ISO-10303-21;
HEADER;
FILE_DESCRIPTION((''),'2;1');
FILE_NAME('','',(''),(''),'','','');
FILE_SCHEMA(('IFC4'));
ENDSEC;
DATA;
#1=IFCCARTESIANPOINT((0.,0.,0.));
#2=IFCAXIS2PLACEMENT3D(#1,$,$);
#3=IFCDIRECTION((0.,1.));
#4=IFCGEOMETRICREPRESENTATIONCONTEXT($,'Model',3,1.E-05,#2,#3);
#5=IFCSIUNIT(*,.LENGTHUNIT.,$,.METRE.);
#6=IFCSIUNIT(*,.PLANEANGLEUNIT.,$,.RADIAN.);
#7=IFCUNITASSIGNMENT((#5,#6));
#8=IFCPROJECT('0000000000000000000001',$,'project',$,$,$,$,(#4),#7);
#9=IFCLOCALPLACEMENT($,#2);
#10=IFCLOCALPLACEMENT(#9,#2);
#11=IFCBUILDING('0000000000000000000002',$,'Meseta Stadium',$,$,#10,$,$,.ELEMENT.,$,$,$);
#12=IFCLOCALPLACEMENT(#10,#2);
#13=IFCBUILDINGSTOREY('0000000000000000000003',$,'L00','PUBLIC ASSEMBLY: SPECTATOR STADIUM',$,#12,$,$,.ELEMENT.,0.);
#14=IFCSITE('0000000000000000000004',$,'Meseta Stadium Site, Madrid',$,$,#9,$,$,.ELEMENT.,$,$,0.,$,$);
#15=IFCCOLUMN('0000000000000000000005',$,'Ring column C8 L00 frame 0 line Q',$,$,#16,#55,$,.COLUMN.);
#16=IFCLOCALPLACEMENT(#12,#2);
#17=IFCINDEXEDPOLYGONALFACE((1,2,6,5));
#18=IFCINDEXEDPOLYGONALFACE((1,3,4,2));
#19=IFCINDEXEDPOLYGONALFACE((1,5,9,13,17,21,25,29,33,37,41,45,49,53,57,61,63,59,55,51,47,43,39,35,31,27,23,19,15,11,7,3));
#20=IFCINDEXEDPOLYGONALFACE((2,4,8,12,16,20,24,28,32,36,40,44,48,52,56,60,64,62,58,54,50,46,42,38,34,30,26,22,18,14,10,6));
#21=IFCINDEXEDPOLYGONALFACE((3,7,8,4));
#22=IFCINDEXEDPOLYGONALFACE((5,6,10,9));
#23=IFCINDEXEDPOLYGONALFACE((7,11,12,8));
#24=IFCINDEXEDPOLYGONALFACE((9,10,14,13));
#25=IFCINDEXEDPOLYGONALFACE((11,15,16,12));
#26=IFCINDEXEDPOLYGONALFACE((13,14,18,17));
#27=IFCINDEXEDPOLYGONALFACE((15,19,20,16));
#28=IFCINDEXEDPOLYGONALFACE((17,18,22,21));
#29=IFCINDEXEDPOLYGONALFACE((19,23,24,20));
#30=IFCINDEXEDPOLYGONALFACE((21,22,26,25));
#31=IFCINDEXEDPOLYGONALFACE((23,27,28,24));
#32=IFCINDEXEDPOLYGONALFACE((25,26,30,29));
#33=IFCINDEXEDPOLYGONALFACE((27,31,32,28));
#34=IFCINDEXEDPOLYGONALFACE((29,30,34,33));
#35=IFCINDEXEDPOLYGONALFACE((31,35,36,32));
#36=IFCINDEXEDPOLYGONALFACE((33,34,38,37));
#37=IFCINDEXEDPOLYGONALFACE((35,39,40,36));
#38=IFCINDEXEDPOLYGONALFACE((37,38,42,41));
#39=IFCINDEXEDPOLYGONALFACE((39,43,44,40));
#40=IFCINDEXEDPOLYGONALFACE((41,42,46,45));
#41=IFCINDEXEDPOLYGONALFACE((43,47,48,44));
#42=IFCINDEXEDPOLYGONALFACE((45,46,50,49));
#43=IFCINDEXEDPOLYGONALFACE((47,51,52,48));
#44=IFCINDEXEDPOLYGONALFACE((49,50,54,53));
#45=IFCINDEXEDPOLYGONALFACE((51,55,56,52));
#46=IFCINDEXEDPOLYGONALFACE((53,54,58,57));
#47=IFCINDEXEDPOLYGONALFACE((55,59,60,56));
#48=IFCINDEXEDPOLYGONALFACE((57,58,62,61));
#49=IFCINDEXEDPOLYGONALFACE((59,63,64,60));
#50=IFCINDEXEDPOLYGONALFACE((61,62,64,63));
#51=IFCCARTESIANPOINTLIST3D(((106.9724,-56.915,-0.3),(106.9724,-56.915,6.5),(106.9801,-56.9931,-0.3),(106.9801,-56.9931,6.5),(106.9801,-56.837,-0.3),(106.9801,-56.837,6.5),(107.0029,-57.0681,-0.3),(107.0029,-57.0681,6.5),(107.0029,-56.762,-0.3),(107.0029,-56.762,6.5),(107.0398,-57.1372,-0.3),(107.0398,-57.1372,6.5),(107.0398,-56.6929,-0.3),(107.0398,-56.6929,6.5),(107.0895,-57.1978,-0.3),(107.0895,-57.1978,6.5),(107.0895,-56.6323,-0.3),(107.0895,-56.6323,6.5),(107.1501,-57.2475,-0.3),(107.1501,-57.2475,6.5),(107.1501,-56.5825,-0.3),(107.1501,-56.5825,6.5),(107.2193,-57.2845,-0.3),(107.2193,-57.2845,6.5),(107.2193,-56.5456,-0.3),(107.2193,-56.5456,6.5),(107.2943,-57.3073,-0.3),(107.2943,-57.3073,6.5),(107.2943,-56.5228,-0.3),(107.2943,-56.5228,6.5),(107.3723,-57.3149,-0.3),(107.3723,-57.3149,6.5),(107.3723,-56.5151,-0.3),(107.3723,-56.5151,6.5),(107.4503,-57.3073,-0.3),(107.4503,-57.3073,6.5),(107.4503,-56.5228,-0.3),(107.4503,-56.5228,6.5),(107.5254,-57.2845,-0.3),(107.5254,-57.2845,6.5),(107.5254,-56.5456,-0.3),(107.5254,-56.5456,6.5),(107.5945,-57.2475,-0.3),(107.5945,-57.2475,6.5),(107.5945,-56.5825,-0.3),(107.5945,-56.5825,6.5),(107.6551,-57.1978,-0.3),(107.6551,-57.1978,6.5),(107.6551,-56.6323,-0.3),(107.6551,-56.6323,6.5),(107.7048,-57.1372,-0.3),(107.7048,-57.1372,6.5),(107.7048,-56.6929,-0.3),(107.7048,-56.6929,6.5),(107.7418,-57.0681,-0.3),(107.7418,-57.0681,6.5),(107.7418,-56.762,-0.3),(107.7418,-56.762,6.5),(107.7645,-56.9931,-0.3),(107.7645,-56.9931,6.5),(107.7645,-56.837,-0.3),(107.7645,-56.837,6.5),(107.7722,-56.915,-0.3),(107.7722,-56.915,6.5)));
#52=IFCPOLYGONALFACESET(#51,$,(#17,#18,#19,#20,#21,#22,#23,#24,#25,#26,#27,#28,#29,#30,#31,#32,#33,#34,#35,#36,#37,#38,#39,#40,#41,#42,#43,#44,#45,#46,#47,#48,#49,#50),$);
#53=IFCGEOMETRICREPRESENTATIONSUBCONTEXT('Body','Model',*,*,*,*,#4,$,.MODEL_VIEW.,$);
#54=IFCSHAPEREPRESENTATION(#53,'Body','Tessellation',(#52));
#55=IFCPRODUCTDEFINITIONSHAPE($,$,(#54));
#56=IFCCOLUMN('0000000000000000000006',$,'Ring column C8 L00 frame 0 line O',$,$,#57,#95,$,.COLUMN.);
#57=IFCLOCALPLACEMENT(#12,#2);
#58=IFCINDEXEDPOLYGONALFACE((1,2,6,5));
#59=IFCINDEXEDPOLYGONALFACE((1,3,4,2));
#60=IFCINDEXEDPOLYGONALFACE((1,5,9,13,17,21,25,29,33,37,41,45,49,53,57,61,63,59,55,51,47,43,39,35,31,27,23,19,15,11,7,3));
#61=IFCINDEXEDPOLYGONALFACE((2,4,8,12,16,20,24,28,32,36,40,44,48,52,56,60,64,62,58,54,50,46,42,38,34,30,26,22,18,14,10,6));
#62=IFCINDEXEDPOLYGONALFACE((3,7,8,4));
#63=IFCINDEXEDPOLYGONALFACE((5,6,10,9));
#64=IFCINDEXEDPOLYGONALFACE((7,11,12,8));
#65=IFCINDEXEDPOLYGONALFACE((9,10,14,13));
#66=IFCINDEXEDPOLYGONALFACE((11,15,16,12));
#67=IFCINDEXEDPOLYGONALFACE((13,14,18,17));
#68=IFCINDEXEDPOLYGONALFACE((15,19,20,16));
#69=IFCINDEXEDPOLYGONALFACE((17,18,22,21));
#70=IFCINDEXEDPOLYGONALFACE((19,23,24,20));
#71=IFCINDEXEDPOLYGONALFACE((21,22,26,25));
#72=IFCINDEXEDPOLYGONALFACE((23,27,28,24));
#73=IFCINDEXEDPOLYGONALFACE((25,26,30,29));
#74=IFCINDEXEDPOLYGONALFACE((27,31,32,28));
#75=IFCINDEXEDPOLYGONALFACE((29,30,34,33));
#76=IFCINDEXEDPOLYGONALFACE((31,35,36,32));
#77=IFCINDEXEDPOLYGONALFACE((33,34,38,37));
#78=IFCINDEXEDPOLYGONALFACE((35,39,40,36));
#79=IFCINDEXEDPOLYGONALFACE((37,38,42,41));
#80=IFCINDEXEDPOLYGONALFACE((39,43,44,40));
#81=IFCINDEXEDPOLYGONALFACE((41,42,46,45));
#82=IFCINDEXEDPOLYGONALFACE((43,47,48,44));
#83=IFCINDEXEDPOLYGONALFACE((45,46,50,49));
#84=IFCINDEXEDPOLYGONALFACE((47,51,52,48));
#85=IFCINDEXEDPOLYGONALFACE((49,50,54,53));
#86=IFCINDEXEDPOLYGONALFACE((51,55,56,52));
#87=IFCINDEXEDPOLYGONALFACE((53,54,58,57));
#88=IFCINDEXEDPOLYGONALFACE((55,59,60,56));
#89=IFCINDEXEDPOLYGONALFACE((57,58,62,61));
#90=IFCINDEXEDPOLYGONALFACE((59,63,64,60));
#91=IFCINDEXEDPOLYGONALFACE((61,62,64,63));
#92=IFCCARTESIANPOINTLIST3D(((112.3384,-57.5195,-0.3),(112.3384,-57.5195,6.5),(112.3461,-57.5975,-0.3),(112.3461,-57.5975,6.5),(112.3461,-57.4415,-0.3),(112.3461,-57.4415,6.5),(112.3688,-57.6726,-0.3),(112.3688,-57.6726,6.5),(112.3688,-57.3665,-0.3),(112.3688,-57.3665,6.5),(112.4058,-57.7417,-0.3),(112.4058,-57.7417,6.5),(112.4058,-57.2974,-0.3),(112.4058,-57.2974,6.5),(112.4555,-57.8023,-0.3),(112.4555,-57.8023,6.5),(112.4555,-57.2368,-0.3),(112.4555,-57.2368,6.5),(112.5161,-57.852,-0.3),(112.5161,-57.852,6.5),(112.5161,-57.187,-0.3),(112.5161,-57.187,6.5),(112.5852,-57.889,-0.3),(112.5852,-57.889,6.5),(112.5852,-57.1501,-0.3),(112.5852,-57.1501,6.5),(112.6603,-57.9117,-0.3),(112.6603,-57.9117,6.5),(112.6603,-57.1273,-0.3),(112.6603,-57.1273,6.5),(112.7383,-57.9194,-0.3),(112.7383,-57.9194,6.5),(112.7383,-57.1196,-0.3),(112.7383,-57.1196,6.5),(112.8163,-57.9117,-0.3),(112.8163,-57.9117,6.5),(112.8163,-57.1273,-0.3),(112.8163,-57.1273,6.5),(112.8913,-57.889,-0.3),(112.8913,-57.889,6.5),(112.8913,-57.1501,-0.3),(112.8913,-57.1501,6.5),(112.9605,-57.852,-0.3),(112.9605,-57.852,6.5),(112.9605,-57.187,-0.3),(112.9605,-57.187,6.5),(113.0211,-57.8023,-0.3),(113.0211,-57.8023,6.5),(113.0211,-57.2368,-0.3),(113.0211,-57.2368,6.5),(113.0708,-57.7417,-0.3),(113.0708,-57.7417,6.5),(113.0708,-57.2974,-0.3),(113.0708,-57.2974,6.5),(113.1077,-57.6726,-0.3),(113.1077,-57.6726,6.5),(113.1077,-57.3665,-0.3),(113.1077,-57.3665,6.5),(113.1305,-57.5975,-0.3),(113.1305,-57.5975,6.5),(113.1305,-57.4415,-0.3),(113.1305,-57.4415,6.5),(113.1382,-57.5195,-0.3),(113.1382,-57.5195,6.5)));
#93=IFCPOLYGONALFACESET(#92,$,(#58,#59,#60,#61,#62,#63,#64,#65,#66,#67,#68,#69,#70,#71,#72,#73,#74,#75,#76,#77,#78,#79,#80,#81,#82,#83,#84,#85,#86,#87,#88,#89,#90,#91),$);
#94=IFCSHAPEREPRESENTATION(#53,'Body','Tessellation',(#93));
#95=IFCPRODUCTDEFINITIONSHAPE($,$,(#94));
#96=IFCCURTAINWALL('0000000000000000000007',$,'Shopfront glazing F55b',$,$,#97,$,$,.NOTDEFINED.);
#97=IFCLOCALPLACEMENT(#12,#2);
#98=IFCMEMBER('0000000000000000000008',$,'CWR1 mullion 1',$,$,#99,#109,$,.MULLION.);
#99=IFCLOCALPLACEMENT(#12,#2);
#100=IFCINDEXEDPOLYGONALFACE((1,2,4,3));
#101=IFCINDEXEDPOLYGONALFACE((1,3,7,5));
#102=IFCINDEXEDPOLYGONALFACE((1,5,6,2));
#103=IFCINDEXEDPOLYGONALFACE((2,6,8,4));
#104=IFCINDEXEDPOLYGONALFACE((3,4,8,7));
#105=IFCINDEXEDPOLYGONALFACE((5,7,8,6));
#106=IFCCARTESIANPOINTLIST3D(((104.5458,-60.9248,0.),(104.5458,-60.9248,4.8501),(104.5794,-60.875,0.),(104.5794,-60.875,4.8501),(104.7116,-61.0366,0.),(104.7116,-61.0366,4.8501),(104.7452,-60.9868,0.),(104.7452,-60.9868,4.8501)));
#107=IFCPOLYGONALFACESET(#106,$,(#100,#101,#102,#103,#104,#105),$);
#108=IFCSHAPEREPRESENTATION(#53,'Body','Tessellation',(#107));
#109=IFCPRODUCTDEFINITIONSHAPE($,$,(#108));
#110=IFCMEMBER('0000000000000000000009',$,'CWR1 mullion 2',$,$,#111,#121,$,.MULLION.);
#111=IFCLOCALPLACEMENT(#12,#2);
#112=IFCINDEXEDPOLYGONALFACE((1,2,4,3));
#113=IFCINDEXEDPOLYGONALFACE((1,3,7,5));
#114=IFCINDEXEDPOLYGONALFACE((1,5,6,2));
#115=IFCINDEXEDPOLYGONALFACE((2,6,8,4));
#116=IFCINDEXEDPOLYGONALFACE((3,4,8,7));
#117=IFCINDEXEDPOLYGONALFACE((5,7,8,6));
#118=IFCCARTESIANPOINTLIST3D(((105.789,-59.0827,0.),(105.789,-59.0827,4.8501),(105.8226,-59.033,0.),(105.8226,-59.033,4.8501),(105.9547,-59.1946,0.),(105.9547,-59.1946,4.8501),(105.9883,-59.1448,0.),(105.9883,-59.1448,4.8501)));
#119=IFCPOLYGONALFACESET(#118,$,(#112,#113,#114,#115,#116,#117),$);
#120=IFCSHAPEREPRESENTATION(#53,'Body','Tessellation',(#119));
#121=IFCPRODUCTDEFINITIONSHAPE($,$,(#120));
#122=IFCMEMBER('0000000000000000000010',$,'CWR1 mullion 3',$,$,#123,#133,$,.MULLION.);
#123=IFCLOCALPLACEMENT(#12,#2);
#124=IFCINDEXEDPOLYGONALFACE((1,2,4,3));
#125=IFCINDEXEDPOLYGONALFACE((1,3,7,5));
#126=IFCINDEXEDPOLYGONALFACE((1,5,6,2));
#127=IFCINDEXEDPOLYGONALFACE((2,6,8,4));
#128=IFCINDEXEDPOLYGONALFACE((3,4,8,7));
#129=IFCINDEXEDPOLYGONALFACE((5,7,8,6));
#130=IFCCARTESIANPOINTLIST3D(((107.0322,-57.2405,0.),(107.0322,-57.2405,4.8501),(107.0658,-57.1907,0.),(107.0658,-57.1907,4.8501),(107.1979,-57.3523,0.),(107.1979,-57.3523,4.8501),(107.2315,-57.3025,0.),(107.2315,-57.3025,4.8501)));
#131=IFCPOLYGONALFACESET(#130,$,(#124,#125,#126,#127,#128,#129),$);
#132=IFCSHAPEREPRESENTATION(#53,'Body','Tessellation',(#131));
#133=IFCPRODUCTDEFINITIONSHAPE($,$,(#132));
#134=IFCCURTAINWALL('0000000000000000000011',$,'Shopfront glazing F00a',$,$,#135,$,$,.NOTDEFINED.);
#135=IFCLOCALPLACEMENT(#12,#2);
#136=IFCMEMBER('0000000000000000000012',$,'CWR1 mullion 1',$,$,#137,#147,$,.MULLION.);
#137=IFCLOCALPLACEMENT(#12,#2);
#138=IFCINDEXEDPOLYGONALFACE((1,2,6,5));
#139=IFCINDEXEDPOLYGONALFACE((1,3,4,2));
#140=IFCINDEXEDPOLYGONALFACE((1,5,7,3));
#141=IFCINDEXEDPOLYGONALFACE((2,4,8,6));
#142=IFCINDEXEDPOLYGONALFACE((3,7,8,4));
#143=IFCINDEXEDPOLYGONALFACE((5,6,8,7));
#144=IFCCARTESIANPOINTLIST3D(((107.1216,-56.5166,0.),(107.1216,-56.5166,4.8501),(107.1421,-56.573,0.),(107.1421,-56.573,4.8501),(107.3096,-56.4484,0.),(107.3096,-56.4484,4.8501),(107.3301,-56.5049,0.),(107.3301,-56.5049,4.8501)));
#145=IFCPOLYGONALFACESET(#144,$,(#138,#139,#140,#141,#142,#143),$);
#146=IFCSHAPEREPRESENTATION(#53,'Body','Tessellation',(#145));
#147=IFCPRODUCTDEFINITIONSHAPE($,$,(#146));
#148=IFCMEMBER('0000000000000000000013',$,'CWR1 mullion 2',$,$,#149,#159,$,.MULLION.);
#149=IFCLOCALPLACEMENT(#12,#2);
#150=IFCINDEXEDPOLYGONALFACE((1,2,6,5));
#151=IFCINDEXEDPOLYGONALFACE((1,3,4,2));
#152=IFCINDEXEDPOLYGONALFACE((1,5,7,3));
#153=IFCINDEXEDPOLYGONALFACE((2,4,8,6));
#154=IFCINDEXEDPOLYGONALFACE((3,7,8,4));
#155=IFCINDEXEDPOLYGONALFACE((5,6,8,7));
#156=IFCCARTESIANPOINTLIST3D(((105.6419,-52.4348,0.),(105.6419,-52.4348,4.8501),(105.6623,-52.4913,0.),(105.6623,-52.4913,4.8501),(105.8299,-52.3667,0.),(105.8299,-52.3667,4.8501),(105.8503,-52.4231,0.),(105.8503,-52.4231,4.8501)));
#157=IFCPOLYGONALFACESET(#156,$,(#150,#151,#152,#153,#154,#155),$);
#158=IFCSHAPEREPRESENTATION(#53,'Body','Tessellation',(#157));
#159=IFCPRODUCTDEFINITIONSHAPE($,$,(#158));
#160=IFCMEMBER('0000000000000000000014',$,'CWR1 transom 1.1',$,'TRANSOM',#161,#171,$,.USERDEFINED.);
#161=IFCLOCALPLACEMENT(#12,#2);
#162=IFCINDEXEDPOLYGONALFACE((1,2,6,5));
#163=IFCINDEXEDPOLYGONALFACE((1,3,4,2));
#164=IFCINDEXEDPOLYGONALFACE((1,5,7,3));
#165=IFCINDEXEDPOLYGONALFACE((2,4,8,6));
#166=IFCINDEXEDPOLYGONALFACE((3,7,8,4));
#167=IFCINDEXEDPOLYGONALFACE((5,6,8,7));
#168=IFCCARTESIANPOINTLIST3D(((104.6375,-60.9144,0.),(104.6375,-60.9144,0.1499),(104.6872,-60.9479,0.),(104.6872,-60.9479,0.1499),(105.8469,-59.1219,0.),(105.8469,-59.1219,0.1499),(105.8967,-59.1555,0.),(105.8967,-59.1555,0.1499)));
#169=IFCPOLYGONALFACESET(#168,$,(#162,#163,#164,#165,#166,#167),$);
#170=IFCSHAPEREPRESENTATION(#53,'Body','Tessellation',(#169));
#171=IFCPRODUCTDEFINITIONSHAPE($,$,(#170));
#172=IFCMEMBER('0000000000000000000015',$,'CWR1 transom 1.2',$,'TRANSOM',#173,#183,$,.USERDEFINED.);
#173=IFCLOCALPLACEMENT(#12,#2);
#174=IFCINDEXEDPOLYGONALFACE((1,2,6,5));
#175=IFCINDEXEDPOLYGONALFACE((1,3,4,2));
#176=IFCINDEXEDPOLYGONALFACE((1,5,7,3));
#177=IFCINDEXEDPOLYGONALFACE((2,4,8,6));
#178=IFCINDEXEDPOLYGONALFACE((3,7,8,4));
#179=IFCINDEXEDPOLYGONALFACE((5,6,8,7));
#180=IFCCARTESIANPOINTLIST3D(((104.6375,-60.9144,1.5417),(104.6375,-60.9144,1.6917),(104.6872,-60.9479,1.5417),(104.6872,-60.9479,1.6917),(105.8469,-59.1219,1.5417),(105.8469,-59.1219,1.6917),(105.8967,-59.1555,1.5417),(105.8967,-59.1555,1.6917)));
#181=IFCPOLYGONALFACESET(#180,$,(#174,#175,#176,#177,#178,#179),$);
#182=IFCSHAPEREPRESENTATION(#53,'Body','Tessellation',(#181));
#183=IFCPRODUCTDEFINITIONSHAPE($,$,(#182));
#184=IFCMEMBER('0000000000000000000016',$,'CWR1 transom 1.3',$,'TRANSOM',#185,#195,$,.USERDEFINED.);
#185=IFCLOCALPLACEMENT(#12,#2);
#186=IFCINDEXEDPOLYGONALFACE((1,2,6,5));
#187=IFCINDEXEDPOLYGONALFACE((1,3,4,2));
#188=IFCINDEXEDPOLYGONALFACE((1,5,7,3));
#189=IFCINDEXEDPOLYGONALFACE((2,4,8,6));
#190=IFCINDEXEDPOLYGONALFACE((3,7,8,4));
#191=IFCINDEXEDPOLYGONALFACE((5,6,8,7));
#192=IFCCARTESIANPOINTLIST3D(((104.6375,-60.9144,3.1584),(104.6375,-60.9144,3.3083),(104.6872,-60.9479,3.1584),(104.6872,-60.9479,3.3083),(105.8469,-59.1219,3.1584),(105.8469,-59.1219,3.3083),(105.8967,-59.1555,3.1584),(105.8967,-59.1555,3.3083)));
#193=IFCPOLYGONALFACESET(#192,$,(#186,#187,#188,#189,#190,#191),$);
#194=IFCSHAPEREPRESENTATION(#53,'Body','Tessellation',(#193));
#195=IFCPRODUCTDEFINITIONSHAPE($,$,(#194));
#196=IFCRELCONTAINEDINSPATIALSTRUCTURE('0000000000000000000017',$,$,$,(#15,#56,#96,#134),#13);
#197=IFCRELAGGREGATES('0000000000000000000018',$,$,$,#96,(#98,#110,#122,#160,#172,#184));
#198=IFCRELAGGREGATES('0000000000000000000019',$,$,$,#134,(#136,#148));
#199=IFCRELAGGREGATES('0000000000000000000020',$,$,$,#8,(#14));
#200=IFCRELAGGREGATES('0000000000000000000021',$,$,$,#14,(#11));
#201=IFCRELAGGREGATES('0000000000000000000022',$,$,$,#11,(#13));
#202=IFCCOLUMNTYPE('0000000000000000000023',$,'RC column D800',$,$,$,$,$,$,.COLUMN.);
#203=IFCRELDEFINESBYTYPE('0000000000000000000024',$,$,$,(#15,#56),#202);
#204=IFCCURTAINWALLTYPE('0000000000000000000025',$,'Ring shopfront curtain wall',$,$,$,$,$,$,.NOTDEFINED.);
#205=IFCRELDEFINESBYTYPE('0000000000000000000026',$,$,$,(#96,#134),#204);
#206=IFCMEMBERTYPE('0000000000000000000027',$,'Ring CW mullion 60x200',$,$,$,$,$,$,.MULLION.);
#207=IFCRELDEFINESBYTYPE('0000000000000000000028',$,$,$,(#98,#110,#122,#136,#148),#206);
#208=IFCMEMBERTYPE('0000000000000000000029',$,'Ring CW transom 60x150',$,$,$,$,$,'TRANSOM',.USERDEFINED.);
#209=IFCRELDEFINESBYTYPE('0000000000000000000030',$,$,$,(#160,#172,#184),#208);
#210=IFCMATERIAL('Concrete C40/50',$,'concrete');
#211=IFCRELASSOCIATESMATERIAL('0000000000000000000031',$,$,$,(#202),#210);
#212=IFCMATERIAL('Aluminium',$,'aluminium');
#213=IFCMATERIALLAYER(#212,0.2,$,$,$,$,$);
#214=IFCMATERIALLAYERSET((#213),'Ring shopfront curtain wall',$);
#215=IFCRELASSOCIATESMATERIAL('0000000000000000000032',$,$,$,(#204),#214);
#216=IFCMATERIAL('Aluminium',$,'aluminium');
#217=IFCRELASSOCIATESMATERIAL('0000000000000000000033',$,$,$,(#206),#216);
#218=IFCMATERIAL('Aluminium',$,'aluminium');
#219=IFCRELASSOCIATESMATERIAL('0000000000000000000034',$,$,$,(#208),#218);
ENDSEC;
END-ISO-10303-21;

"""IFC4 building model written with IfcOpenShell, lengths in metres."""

from ifc_helpers import new_model, si_unit, direction, frame, origin, origin_2d, place, context, subcontext, project, spatial, rectangle, circle, extrude, material, layer, layer_set, material_profile, profile_set, type_object, element, aggregate, save


model = new_model("IFC4")

# Units and contexts
model_context = context("Model", 3, precision=1e-05, world=origin(), true_north=direction((0.0, 1.0)))
body_context = subcontext(model_context, "Body", "Model", "MODEL_VIEW")
ifc_project = project(units=[si_unit("LENGTHUNIT", "METRE"), si_unit("PLANEANGLEUNIT", "RADIAN")], contexts=[model_context])

# Site, building, storey
site_placement = place(None, origin())
site = spatial("IfcSite", under=ifc_project, at=site_placement, Name="Meseta Stadium Site, Madrid", CompositionType="ELEMENT", RefElevation=0.0)
building_placement = place(site_placement, origin())
building = spatial("IfcBuilding", under=site, at=building_placement, Name="Meseta Stadium", CompositionType="ELEMENT")
storey_placement = place(building_placement, origin())
storey = spatial("IfcBuildingStorey", under=building, at=storey_placement, Name="L00", Description="PUBLIC ASSEMBLY: SPECTATOR STADIUM", CompositionType="ELEMENT", Elevation=0.0)

# Columns
ifc_material_1 = material(Name="Concrete C40/50", Category="concrete")
ifc_material_profile_1 = material_profile(ifc_material_1, circle(Radius=0.3999, at=origin_2d()), Name="RC D800")
ifc_profile_set_1 = profile_set([ifc_material_profile_1], Name="Concrete C40/50")
column_type = type_object("IfcColumnType", Name="RC column D800", PredefinedType="COLUMN", material=ifc_profile_set_1)
for number, where, z_axis, x_axis, name in (
    (1, (107.3723, -56.915, -0.3), (0.0, 0.0, 1.0), (1.0, 0.0, 0.0), "Ring column C8 L00 frame 0 line Q"),
    (2, (112.7383, -57.5195, -0.3), (0.0, 0.0, 1.0), (1.0, 0.0, 0.0), "Ring column C8 L00 frame 0 line O"),
):
    element("IfcColumn", number, at=place(storey_placement, frame(where, z_axis=z_axis, x_axis=x_axis)), inside=storey, type_object=column_type, Name=name, PredefinedType="COLUMN", context=body_context, shape_type="SweptSolid", body=[
        extrude(circle(Radius=0.3999, at=origin_2d()), origin(), (0.0, 0.0, 1.0), 6.8),
    ])

# Curtain walls, members
ifc_material_2 = material(Name="Aluminium", Category="aluminium")
ifc_layer_1 = layer(ifc_material_2, 0.2)
ifc_layer_set_1 = layer_set([ifc_layer_1], Name="Ring shopfront curtain wall")
curtain_wall_type = type_object("IfcCurtainWallType", Name="Ring shopfront curtain wall", PredefinedType="NOTDEFINED", material=ifc_layer_set_1)
curtain_wall_1_placement = place(storey_placement, origin())
curtain_wall_1 = element("IfcCurtainWall", 3, at=curtain_wall_1_placement, inside=storey, type_object=curtain_wall_type, Name="Shopfront glazing F55b", PredefinedType="NOTDEFINED")
ifc_material_3 = material(Name="Aluminium", Category="aluminium")
ifc_material_profile_2 = material_profile(ifc_material_3, rectangle(XDim=0.2, YDim=0.0601, at=origin_2d()), Name="CW 200x60")
ifc_profile_set_2 = profile_set([ifc_material_profile_2], Name="Aluminium")
member_type_1 = type_object("IfcMemberType", Name="Ring CW mullion 60x200", PredefinedType="MULLION", material=ifc_profile_set_2)
member_1_placement = place(storey_placement, frame((104.6455, -60.9558, 0.0), z_axis=(0.0, 0.0, 1.0), x_axis=(-0.828919, 0.559368, 0.0)))
member_1 = element("IfcMember", 4, at=member_1_placement, type_object=member_type_1, Name="CWR1 mullion 1", PredefinedType="MULLION", context=body_context, shape_type="SweptSolid", body=[
    extrude(rectangle(XDim=0.2, YDim=0.0601, at=origin_2d()), origin(), (0.0, 0.0, 1.0), 4.8501),
])
member_2_placement = place(storey_placement, frame((105.8887, -59.1138, 0.0), z_axis=(0.0, 0.0, 1.0), x_axis=(-0.828919, 0.559368, 0.0)))
member_2 = element("IfcMember", 5, at=member_2_placement, type_object=member_type_1, Name="CWR1 mullion 2", PredefinedType="MULLION", context=body_context, shape_type="SweptSolid", body=[
    extrude(rectangle(XDim=0.2, YDim=0.0601, at=origin_2d()), origin(), (0.0, 0.0, 1.0), 4.8501),
])
member_3_placement = place(storey_placement, frame((107.1318, -57.2715, 0.0), z_axis=(0.0, 0.0, 1.0), x_axis=(-0.828919, 0.559368, 0.0)))
member_3 = element("IfcMember", 6, at=member_3_placement, type_object=member_type_1, Name="CWR1 mullion 3", PredefinedType="MULLION", context=body_context, shape_type="SweptSolid", body=[
    extrude(rectangle(XDim=0.2, YDim=0.0601, at=origin_2d()), origin(), (0.0, 0.0, 1.0), 4.8501),
])
curtain_wall_2_placement = place(storey_placement, origin())
curtain_wall_2 = element("IfcCurtainWall", 7, at=curtain_wall_2_placement, inside=storey, type_object=curtain_wall_type, Name="Shopfront glazing F00a", PredefinedType="NOTDEFINED")
member_4_placement = place(storey_placement, frame((107.2258, -56.5107, 0.0), z_axis=(0.0, 0.0, 1.0), x_axis=(-0.940136, -0.3408, 0.0)))
member_4 = element("IfcMember", 8, at=member_4_placement, type_object=member_type_1, Name="CWR1 mullion 1", PredefinedType="MULLION", context=body_context, shape_type="SweptSolid", body=[
    extrude(rectangle(XDim=0.2, YDim=0.0601, at=origin_2d()), origin(), (0.0, 0.0, 1.0), 4.8501),
])
member_5_placement = place(storey_placement, frame((105.7461, -52.429, 0.0), z_axis=(0.0, 0.0, 1.0), x_axis=(-0.940136, -0.3408, 0.0)))
member_5 = element("IfcMember", 9, at=member_5_placement, type_object=member_type_1, Name="CWR1 mullion 2", PredefinedType="MULLION", context=body_context, shape_type="SweptSolid", body=[
    extrude(rectangle(XDim=0.2, YDim=0.0601, at=origin_2d()), origin(), (0.0, 0.0, 1.0), 4.8501),
])

# Members
ifc_material_4 = material(Name="Aluminium", Category="aluminium")
ifc_material_profile_3 = material_profile(ifc_material_4, rectangle(XDim=0.0601, YDim=0.1499, at=origin_2d()), Name="CW 60x150")
ifc_profile_set_3 = profile_set([ifc_material_profile_3], Name="Aluminium")
member_type_2 = type_object("IfcMemberType", Name="Ring CW transom 60x150", ElementType="TRANSOM", PredefinedType="USERDEFINED", material=ifc_profile_set_3)
member_6_placement = place(storey_placement, frame((104.6624, -60.9312, 0.075), z_axis=(0.559329, 0.828946, 0.0), x_axis=(-0.828946, 0.559329, 0.0)))
member_6 = element("IfcMember", 10, at=member_6_placement, type_object=member_type_2, Name="CWR1 transom 1.1", ObjectType="TRANSOM", PredefinedType="USERDEFINED", context=body_context, shape_type="SweptSolid", body=[
    extrude(rectangle(XDim=0.0601, YDim=0.1499, at=origin_2d()), origin(), (0.0, 0.0, 1.0), 2.1624),
])
member_7_placement = place(storey_placement, frame((104.6624, -60.9312, 1.6167), z_axis=(0.559329, 0.828946, 0.0), x_axis=(-0.828946, 0.559329, 0.0)))
member_7 = element("IfcMember", 11, at=member_7_placement, type_object=member_type_2, Name="CWR1 transom 1.2", ObjectType="TRANSOM", PredefinedType="USERDEFINED", context=body_context, shape_type="SweptSolid", body=[
    extrude(rectangle(XDim=0.0601, YDim=0.1499, at=origin_2d()), origin(), (0.0, 0.0, 1.0), 2.1624),
])
member_8_placement = place(storey_placement, frame((104.6624, -60.9312, 3.2334), z_axis=(0.559329, 0.828946, 0.0), x_axis=(-0.828946, 0.559329, 0.0)))
member_8 = element("IfcMember", 12, at=member_8_placement, type_object=member_type_2, Name="CWR1 transom 1.3", ObjectType="TRANSOM", PredefinedType="USERDEFINED", context=body_context, shape_type="SweptSolid", body=[
    extrude(rectangle(XDim=0.0601, YDim=0.1499, at=origin_2d()), origin(), (0.0, 0.0, 1.0), 2.1624),
])

aggregate(curtain_wall_1, [member_1, member_2, member_3, member_6, member_7, member_8])
aggregate(curtain_wall_2, [member_4, member_5])

save(model, "model.ifc")
